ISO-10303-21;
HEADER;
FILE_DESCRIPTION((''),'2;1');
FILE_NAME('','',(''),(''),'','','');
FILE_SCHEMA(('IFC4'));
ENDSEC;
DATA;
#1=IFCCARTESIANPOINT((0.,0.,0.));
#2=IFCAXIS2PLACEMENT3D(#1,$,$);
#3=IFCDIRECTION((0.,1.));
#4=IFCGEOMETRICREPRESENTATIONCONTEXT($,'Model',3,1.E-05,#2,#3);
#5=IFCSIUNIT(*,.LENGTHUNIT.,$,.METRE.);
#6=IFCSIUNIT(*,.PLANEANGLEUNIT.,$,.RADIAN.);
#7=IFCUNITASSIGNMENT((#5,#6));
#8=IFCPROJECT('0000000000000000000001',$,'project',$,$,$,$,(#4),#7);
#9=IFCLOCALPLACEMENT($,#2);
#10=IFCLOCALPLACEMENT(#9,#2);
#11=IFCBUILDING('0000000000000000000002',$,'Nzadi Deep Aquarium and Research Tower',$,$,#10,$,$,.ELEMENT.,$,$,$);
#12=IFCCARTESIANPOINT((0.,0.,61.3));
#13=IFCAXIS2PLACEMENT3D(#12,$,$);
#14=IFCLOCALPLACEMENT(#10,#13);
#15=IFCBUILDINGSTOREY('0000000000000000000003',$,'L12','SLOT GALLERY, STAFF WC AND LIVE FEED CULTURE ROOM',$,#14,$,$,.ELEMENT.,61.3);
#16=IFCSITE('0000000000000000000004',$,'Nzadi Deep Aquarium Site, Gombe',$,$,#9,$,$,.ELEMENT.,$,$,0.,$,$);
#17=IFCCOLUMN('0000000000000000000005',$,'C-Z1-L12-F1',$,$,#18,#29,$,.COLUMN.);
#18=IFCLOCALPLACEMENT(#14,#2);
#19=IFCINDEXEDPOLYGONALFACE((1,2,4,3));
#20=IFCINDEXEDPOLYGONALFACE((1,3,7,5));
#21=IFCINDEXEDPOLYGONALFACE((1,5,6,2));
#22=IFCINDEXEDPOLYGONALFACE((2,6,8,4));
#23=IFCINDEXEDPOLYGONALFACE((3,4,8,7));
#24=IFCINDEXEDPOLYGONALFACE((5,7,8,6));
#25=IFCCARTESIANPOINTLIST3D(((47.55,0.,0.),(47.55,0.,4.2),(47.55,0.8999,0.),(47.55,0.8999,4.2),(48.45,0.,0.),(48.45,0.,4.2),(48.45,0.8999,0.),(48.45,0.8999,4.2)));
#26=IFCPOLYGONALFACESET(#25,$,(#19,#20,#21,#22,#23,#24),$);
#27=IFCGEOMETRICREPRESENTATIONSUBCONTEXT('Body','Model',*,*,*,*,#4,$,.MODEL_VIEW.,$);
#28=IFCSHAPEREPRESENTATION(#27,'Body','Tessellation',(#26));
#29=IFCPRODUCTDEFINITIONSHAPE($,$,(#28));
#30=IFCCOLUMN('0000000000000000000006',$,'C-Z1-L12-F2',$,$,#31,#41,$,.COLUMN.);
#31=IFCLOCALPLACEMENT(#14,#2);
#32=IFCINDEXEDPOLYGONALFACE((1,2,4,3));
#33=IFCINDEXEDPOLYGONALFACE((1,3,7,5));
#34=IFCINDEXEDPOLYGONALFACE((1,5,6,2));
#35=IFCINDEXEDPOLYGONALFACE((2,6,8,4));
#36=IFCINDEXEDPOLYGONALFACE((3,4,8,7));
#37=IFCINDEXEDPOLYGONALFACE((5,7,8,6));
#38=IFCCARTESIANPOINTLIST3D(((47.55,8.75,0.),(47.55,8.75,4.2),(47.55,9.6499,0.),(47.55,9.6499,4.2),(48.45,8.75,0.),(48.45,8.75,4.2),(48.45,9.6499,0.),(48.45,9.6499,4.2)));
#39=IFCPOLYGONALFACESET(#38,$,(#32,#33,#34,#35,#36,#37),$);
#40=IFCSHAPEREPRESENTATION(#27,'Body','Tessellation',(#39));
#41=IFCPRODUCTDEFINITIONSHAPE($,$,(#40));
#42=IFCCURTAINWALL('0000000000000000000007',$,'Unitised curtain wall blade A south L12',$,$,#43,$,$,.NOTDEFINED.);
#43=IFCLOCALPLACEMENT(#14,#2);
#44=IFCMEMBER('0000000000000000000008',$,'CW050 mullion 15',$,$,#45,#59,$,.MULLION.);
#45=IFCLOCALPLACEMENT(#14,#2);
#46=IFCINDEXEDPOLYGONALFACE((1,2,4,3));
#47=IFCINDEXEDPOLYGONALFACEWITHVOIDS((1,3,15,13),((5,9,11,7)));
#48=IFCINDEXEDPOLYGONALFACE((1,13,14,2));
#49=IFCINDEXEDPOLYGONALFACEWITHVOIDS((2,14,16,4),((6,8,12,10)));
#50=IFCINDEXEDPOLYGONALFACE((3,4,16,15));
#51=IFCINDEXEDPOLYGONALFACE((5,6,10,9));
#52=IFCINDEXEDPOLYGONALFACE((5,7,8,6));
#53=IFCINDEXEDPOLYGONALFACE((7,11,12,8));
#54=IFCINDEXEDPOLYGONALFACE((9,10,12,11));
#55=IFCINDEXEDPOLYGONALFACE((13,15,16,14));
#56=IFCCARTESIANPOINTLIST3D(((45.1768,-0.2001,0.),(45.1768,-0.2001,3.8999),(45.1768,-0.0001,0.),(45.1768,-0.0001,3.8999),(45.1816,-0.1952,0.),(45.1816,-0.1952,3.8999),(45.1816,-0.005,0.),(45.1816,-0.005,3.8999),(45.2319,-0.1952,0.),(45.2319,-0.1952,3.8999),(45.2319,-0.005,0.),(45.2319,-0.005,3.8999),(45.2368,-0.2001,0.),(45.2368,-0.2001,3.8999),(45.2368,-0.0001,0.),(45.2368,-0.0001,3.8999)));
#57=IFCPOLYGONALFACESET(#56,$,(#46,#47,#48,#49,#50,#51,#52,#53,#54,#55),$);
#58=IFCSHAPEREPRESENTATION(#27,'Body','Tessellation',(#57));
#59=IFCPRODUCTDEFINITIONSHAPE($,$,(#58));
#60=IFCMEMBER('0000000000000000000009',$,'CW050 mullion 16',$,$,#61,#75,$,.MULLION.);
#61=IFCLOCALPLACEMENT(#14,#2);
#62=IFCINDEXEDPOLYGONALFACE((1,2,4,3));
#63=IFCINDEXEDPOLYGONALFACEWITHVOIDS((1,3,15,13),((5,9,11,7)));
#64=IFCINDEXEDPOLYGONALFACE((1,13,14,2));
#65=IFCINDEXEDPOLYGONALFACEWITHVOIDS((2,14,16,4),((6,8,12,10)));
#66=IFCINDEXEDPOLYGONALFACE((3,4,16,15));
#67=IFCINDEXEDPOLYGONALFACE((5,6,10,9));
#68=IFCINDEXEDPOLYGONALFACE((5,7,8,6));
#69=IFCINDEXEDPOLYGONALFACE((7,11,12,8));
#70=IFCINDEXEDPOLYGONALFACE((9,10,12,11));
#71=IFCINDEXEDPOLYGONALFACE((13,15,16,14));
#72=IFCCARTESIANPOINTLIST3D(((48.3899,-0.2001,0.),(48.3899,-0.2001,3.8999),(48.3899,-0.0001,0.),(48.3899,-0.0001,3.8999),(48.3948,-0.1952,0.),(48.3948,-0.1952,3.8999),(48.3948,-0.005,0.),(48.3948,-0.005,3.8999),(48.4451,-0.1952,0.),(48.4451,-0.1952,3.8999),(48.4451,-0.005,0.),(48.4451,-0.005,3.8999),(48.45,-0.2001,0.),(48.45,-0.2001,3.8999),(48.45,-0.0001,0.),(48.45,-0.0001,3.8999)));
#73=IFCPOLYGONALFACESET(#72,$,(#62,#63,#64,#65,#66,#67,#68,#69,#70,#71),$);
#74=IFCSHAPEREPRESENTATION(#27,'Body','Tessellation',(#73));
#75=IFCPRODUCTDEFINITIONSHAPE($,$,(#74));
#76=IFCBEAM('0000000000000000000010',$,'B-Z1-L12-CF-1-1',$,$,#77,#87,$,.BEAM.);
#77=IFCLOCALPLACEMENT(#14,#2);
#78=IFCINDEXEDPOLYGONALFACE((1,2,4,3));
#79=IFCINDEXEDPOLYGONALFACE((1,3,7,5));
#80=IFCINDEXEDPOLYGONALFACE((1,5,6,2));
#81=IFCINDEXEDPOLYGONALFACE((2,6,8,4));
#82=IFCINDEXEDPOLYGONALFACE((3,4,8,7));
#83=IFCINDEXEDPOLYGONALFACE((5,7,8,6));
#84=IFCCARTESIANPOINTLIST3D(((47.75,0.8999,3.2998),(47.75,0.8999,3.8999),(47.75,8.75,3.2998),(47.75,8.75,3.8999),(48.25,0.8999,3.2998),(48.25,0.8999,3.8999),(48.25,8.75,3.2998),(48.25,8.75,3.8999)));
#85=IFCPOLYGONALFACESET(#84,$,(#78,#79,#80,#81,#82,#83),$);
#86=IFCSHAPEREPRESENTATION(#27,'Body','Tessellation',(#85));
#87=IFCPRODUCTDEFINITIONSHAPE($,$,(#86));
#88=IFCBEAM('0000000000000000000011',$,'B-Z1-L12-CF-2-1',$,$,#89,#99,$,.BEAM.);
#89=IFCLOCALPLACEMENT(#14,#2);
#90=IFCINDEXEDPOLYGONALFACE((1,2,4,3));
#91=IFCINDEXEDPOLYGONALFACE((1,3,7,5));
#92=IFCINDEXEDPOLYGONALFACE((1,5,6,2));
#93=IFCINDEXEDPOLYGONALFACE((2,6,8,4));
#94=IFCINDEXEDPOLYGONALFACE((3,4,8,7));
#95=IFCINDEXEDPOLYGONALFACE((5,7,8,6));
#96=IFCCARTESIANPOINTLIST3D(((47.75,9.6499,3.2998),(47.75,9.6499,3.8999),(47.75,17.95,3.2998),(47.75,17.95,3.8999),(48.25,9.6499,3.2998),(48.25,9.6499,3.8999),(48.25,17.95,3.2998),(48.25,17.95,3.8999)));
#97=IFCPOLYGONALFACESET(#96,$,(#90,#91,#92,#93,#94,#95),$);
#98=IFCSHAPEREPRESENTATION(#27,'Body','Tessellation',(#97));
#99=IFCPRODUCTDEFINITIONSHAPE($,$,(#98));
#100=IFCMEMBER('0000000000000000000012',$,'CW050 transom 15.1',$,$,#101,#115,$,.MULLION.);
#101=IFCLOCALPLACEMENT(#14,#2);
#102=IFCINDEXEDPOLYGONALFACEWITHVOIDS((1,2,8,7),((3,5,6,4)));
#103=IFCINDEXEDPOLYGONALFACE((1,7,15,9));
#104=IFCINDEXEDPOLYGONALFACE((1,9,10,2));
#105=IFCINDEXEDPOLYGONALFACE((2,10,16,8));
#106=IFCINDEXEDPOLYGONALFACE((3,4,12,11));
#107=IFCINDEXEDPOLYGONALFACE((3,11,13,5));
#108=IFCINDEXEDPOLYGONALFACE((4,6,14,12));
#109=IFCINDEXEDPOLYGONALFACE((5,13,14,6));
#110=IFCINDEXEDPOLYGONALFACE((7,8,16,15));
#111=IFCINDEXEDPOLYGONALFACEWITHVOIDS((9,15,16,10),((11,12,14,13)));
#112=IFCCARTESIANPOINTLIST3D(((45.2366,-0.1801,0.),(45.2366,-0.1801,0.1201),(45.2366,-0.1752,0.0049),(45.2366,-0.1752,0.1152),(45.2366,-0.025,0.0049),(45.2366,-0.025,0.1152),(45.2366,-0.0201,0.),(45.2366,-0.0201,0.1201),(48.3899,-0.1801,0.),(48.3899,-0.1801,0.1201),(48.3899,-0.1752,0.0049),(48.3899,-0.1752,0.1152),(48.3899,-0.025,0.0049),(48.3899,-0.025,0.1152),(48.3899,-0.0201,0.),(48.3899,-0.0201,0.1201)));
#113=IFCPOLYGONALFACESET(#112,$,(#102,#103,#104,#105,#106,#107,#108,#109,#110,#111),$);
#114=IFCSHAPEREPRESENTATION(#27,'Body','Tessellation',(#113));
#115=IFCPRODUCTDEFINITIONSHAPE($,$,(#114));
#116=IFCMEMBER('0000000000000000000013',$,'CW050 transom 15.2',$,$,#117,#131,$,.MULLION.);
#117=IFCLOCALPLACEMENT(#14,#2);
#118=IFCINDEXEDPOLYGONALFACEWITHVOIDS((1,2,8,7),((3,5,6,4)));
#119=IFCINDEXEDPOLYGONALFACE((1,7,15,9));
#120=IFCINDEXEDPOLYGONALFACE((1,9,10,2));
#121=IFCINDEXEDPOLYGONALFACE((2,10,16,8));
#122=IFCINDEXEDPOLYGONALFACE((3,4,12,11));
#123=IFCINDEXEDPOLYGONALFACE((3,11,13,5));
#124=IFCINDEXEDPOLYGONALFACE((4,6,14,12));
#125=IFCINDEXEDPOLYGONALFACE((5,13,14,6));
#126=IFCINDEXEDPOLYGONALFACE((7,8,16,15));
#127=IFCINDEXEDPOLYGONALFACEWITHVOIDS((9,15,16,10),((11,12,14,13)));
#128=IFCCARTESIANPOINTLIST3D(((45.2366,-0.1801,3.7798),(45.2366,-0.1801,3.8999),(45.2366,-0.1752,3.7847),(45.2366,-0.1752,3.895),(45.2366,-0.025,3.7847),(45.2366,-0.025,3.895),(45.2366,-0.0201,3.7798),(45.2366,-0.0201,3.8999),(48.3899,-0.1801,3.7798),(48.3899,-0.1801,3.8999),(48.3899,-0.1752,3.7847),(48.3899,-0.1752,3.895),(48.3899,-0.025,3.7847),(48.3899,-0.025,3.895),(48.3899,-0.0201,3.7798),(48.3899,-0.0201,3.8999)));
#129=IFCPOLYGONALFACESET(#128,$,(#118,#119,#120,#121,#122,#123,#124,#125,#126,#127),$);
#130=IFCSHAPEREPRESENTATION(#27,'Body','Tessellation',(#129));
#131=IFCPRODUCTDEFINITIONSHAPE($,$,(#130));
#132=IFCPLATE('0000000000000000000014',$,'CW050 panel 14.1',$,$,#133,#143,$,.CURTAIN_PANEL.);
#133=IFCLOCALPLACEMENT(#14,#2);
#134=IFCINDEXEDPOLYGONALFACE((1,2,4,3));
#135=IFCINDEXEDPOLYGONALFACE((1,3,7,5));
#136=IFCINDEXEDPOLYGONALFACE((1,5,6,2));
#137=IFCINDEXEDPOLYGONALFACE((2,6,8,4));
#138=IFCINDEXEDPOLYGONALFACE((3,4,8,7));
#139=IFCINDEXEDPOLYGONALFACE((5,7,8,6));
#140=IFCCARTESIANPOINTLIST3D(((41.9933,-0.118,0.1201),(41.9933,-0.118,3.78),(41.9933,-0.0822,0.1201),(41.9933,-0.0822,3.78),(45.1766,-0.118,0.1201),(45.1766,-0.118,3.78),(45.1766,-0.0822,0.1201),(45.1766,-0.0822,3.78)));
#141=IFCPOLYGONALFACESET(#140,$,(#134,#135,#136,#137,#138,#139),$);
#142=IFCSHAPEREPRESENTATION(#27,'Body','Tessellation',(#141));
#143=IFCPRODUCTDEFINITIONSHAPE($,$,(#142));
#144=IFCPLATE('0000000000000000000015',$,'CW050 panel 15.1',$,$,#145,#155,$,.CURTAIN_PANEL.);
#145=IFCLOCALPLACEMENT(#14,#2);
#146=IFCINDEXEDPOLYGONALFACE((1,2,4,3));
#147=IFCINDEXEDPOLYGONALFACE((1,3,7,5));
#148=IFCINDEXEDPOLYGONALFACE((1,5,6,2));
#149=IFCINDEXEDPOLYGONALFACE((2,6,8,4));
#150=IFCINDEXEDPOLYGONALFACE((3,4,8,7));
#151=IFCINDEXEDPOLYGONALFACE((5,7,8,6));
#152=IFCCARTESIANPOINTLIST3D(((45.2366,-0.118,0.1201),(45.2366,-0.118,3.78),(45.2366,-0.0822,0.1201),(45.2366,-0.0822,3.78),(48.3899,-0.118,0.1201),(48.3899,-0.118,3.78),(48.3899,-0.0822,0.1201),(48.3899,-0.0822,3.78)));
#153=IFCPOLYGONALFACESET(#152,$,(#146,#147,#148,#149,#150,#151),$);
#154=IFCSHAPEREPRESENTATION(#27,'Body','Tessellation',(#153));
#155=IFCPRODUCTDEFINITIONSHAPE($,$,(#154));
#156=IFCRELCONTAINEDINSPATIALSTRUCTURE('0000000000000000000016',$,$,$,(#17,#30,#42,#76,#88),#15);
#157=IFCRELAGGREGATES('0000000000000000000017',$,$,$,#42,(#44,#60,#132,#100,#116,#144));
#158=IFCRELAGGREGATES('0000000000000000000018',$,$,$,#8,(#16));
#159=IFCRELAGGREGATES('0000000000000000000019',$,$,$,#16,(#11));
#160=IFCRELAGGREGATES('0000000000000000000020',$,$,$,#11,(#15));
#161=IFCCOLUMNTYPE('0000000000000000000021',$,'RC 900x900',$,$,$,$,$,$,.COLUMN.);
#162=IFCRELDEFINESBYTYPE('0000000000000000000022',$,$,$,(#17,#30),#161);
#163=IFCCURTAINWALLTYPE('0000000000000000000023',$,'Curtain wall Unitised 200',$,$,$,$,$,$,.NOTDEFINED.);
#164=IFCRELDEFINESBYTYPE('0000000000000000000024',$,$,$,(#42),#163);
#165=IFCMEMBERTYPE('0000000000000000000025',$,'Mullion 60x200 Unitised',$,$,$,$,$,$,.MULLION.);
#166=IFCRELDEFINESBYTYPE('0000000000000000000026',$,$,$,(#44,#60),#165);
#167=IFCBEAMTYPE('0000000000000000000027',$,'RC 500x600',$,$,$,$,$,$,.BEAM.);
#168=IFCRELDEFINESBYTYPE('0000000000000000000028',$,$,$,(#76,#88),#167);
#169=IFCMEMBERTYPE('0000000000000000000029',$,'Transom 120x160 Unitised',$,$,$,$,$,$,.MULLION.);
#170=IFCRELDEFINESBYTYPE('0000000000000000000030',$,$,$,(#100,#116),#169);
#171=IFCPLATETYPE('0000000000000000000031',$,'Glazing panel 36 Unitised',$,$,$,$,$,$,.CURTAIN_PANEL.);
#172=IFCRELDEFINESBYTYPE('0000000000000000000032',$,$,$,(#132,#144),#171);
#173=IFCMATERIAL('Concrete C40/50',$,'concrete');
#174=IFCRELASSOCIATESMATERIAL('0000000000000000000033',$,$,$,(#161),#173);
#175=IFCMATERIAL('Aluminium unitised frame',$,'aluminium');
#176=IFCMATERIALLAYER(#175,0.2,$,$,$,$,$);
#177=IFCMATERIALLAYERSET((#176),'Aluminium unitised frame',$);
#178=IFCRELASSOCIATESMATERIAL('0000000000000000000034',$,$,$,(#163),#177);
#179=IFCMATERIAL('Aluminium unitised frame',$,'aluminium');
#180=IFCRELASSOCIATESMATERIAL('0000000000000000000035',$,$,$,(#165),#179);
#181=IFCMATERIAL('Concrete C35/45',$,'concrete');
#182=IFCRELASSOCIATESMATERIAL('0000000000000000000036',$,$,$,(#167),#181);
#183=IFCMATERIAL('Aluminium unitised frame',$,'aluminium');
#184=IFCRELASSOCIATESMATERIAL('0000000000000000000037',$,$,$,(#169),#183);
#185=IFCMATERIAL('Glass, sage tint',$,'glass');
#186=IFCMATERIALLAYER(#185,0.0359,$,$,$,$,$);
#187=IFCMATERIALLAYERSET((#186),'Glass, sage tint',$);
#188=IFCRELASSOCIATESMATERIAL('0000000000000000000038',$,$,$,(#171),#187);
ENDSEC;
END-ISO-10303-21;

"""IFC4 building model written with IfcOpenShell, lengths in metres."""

from ifc_helpers import new_model, si_unit, direction, frame, origin, origin_2d, place, context, subcontext, project, spatial, rectangle, hollow_rectangle, extrude, material, layer, layer_set, material_profile, profile_set, type_object, element, aggregate, save


model = new_model("IFC4")

# Units and contexts
model_context = context("Model", 3, precision=1e-05, world=origin(), true_north=direction((0.0, 1.0)))
body_context = subcontext(model_context, "Body", "Model", "MODEL_VIEW")
ifc_project = project(units=[si_unit("LENGTHUNIT", "METRE"), si_unit("PLANEANGLEUNIT", "RADIAN")], contexts=[model_context])

# Site, building, storey
site_placement = place(None, origin())
site = spatial("IfcSite", under=ifc_project, at=site_placement, Name="Nzadi Deep Aquarium Site, Gombe", CompositionType="ELEMENT", RefElevation=0.0)
building_placement = place(site_placement, origin())
building = spatial("IfcBuilding", under=site, at=building_placement, Name="Nzadi Deep Aquarium and Research Tower", CompositionType="ELEMENT")
storey_placement = place(building_placement, frame((0.0, 0.0, 61.3)))
storey = spatial("IfcBuildingStorey", under=building, at=storey_placement, Name="L12", Description="SLOT GALLERY, STAFF WC AND LIVE FEED CULTURE ROOM", CompositionType="ELEMENT", Elevation=61.3)

# Columns
ifc_material_1 = material(Name="Concrete C40/50", Category="concrete")
ifc_material_profile_1 = material_profile(ifc_material_1, rectangle(XDim=0.8999, YDim=0.8999, at=origin_2d()))
ifc_profile_set_1 = profile_set([ifc_material_profile_1], Name="Concrete C40/50")
column_type = type_object("IfcColumnType", Name="RC 900x900", PredefinedType="COLUMN", material=ifc_profile_set_1)
for number, where, z_axis, x_axis, name in (
    (1, (48.0, 0.45, 0.0), (0.0, 0.0, 1.0), (1.0, 0.0, 0.0), "C-Z1-L12-F1"),
    (2, (48.0, 9.2, 0.0), (0.0, 0.0, 1.0), (1.0, 0.0, 0.0), "C-Z1-L12-F2"),
):
    element("IfcColumn", number, at=place(storey_placement, frame(where, z_axis=z_axis, x_axis=x_axis)), inside=storey, type_object=column_type, Name=name, PredefinedType="COLUMN", context=body_context, shape_type="SweptSolid", body=[
        extrude(rectangle(XDim=0.8999, YDim=0.8999, at=origin_2d()), origin(), (0.0, 0.0, 1.0), 4.2),
    ])

# Curtain wall, members
ifc_material_2 = material(Name="Aluminium unitised frame", Category="aluminium")
ifc_layer_1 = layer(ifc_material_2, 0.2)
ifc_layer_set_1 = layer_set([ifc_layer_1], Name="Aluminium unitised frame")
curtain_wall_type = type_object("IfcCurtainWallType", Name="Curtain wall Unitised 200", PredefinedType="NOTDEFINED", material=ifc_layer_set_1)
curtain_wall_placement = place(storey_placement, origin())
curtain_wall = element("IfcCurtainWall", 3, at=curtain_wall_placement, inside=storey, type_object=curtain_wall_type, Name="Unitised curtain wall blade A south L12", PredefinedType="NOTDEFINED")
ifc_material_3 = material(Name="Aluminium unitised frame", Category="aluminium")
ifc_material_profile_2 = material_profile(ifc_material_3, hollow_rectangle(XDim=0.2, YDim=0.0601, WallThickness=0.0049, at=origin_2d()))
ifc_profile_set_2 = profile_set([ifc_material_profile_2], Name="Aluminium unitised frame")
member_type_1 = type_object("IfcMemberType", Name="Mullion 60x200 Unitised", PredefinedType="MULLION", material=ifc_profile_set_2)
member_1_placement = place(storey_placement, frame((45.2068, -0.1001, 0.0), z_axis=(0.0, 0.0, 1.0), x_axis=(0.0, 1.0, 0.0)))
member_1 = element("IfcMember", 4, at=member_1_placement, type_object=member_type_1, Name="CW050 mullion 15", PredefinedType="MULLION", context=body_context, shape_type="SweptSolid", body=[
    extrude(hollow_rectangle(XDim=0.2, YDim=0.0601, WallThickness=0.0049, at=origin_2d()), origin(), (0.0, 0.0, 1.0), 3.8999),
])
member_2_placement = place(storey_placement, frame((48.4199, -0.1001, 0.0), z_axis=(0.0, 0.0, 1.0), x_axis=(0.0, 1.0, 0.0)))
member_2 = element("IfcMember", 5, at=member_2_placement, type_object=member_type_1, Name="CW050 mullion 16", PredefinedType="MULLION", context=body_context, shape_type="SweptSolid", body=[
    extrude(hollow_rectangle(XDim=0.2, YDim=0.0601, WallThickness=0.0049, at=origin_2d()), origin(), (0.0, 0.0, 1.0), 3.8999),
])

# Beams
ifc_material_4 = material(Name="Concrete C35/45", Category="concrete")
ifc_material_profile_3 = material_profile(ifc_material_4, rectangle(XDim=0.5, YDim=0.6001, at=origin_2d()))
ifc_profile_set_3 = profile_set([ifc_material_profile_3], Name="Concrete C35/45")
beam_type = type_object("IfcBeamType", Name="RC 500x600", PredefinedType="BEAM", material=ifc_profile_set_3)
beam_1_placement = place(storey_placement, frame((48.0, 0.8999, 3.5999), z_axis=(0.0, 1.0, 0.0), x_axis=(-1.0, 0.0, 0.0)))
element("IfcBeam", 6, at=beam_1_placement, inside=storey, type_object=beam_type, Name="B-Z1-L12-CF-1-1", PredefinedType="BEAM", context=body_context, shape_type="SweptSolid", body=[
    extrude(rectangle(XDim=0.5, YDim=0.6001, at=origin_2d()), origin(), (0.0, 0.0, 1.0), 7.8501),
])
beam_2_placement = place(storey_placement, frame((48.0, 9.6499, 3.5999), z_axis=(0.0, 1.0, 0.0), x_axis=(-1.0, 0.0, 0.0)))
element("IfcBeam", 7, at=beam_2_placement, inside=storey, type_object=beam_type, Name="B-Z1-L12-CF-2-1", PredefinedType="BEAM", context=body_context, shape_type="SweptSolid", body=[
    extrude(rectangle(XDim=0.5, YDim=0.6001, at=origin_2d()), origin(), (0.0, 0.0, 1.0), 8.3),
])

# Members
ifc_material_5 = material(Name="Aluminium unitised frame", Category="aluminium")
ifc_material_profile_4 = material_profile(ifc_material_5, hollow_rectangle(XDim=0.1599, YDim=0.1201, WallThickness=0.0049, at=origin_2d()))
ifc_profile_set_4 = profile_set([ifc_material_profile_4], Name="Aluminium unitised frame")
member_type_2 = type_object("IfcMemberType", Name="Transom 120x160 Unitised", PredefinedType="MULLION", material=ifc_profile_set_4)
member_3_placement = place(storey_placement, frame((45.2366, -0.1001, 0.0601), z_axis=(1.0, 0.0, 0.0), x_axis=(0.0, 1.0, 0.0)))
member_3 = element("IfcMember", 8, at=member_3_placement, type_object=member_type_2, Name="CW050 transom 15.1", PredefinedType="MULLION", context=body_context, shape_type="SweptSolid", body=[
    extrude(hollow_rectangle(XDim=0.1599, YDim=0.1201, WallThickness=0.0049, at=origin_2d()), origin(), (0.0, 0.0, 1.0), 3.1533),
])
member_4_placement = place(storey_placement, frame((45.2366, -0.1001, 3.8398), z_axis=(1.0, 0.0, 0.0), x_axis=(0.0, 1.0, 0.0)))
member_4 = element("IfcMember", 9, at=member_4_placement, type_object=member_type_2, Name="CW050 transom 15.2", PredefinedType="MULLION", context=body_context, shape_type="SweptSolid", body=[
    extrude(hollow_rectangle(XDim=0.1599, YDim=0.1201, WallThickness=0.0049, at=origin_2d()), origin(), (0.0, 0.0, 1.0), 3.1533),
])

# Plates
ifc_material_6 = material(Name="Glass, sage tint", Category="glass")
ifc_layer_2 = layer(ifc_material_6, 0.0359)
ifc_layer_set_2 = layer_set([ifc_layer_2], Name="Glass, sage tint")
plate_type = type_object("IfcPlateType", Name="Glazing panel 36 Unitised", PredefinedType="CURTAIN_PANEL", material=ifc_layer_set_2)
plate_1_placement = place(storey_placement, frame((43.585, -0.1001, 0.1201), z_axis=(0.0, 0.0, 1.0), x_axis=(1.0, 0.0, 0.0)))
plate_1 = element("IfcPlate", 10, at=plate_1_placement, type_object=plate_type, Name="CW050 panel 14.1", PredefinedType="CURTAIN_PANEL", context=body_context, shape_type="SweptSolid", body=[
    extrude(rectangle(XDim=3.1833, YDim=0.0359, at=origin_2d()), origin(), (0.0, 0.0, 1.0), 3.6599),
])
plate_2_placement = place(storey_placement, frame((46.8132, -0.1001, 0.1201), z_axis=(0.0, 0.0, 1.0), x_axis=(1.0, 0.0, 0.0)))
plate_2 = element("IfcPlate", 11, at=plate_2_placement, type_object=plate_type, Name="CW050 panel 15.1", PredefinedType="CURTAIN_PANEL", context=body_context, shape_type="SweptSolid", body=[
    extrude(rectangle(XDim=3.1533, YDim=0.0359, at=origin_2d()), origin(), (0.0, 0.0, 1.0), 3.6599),
])
aggregate(curtain_wall, [member_1, member_2, plate_1, member_3, member_4, plate_2])

save(model, "model.ifc")
